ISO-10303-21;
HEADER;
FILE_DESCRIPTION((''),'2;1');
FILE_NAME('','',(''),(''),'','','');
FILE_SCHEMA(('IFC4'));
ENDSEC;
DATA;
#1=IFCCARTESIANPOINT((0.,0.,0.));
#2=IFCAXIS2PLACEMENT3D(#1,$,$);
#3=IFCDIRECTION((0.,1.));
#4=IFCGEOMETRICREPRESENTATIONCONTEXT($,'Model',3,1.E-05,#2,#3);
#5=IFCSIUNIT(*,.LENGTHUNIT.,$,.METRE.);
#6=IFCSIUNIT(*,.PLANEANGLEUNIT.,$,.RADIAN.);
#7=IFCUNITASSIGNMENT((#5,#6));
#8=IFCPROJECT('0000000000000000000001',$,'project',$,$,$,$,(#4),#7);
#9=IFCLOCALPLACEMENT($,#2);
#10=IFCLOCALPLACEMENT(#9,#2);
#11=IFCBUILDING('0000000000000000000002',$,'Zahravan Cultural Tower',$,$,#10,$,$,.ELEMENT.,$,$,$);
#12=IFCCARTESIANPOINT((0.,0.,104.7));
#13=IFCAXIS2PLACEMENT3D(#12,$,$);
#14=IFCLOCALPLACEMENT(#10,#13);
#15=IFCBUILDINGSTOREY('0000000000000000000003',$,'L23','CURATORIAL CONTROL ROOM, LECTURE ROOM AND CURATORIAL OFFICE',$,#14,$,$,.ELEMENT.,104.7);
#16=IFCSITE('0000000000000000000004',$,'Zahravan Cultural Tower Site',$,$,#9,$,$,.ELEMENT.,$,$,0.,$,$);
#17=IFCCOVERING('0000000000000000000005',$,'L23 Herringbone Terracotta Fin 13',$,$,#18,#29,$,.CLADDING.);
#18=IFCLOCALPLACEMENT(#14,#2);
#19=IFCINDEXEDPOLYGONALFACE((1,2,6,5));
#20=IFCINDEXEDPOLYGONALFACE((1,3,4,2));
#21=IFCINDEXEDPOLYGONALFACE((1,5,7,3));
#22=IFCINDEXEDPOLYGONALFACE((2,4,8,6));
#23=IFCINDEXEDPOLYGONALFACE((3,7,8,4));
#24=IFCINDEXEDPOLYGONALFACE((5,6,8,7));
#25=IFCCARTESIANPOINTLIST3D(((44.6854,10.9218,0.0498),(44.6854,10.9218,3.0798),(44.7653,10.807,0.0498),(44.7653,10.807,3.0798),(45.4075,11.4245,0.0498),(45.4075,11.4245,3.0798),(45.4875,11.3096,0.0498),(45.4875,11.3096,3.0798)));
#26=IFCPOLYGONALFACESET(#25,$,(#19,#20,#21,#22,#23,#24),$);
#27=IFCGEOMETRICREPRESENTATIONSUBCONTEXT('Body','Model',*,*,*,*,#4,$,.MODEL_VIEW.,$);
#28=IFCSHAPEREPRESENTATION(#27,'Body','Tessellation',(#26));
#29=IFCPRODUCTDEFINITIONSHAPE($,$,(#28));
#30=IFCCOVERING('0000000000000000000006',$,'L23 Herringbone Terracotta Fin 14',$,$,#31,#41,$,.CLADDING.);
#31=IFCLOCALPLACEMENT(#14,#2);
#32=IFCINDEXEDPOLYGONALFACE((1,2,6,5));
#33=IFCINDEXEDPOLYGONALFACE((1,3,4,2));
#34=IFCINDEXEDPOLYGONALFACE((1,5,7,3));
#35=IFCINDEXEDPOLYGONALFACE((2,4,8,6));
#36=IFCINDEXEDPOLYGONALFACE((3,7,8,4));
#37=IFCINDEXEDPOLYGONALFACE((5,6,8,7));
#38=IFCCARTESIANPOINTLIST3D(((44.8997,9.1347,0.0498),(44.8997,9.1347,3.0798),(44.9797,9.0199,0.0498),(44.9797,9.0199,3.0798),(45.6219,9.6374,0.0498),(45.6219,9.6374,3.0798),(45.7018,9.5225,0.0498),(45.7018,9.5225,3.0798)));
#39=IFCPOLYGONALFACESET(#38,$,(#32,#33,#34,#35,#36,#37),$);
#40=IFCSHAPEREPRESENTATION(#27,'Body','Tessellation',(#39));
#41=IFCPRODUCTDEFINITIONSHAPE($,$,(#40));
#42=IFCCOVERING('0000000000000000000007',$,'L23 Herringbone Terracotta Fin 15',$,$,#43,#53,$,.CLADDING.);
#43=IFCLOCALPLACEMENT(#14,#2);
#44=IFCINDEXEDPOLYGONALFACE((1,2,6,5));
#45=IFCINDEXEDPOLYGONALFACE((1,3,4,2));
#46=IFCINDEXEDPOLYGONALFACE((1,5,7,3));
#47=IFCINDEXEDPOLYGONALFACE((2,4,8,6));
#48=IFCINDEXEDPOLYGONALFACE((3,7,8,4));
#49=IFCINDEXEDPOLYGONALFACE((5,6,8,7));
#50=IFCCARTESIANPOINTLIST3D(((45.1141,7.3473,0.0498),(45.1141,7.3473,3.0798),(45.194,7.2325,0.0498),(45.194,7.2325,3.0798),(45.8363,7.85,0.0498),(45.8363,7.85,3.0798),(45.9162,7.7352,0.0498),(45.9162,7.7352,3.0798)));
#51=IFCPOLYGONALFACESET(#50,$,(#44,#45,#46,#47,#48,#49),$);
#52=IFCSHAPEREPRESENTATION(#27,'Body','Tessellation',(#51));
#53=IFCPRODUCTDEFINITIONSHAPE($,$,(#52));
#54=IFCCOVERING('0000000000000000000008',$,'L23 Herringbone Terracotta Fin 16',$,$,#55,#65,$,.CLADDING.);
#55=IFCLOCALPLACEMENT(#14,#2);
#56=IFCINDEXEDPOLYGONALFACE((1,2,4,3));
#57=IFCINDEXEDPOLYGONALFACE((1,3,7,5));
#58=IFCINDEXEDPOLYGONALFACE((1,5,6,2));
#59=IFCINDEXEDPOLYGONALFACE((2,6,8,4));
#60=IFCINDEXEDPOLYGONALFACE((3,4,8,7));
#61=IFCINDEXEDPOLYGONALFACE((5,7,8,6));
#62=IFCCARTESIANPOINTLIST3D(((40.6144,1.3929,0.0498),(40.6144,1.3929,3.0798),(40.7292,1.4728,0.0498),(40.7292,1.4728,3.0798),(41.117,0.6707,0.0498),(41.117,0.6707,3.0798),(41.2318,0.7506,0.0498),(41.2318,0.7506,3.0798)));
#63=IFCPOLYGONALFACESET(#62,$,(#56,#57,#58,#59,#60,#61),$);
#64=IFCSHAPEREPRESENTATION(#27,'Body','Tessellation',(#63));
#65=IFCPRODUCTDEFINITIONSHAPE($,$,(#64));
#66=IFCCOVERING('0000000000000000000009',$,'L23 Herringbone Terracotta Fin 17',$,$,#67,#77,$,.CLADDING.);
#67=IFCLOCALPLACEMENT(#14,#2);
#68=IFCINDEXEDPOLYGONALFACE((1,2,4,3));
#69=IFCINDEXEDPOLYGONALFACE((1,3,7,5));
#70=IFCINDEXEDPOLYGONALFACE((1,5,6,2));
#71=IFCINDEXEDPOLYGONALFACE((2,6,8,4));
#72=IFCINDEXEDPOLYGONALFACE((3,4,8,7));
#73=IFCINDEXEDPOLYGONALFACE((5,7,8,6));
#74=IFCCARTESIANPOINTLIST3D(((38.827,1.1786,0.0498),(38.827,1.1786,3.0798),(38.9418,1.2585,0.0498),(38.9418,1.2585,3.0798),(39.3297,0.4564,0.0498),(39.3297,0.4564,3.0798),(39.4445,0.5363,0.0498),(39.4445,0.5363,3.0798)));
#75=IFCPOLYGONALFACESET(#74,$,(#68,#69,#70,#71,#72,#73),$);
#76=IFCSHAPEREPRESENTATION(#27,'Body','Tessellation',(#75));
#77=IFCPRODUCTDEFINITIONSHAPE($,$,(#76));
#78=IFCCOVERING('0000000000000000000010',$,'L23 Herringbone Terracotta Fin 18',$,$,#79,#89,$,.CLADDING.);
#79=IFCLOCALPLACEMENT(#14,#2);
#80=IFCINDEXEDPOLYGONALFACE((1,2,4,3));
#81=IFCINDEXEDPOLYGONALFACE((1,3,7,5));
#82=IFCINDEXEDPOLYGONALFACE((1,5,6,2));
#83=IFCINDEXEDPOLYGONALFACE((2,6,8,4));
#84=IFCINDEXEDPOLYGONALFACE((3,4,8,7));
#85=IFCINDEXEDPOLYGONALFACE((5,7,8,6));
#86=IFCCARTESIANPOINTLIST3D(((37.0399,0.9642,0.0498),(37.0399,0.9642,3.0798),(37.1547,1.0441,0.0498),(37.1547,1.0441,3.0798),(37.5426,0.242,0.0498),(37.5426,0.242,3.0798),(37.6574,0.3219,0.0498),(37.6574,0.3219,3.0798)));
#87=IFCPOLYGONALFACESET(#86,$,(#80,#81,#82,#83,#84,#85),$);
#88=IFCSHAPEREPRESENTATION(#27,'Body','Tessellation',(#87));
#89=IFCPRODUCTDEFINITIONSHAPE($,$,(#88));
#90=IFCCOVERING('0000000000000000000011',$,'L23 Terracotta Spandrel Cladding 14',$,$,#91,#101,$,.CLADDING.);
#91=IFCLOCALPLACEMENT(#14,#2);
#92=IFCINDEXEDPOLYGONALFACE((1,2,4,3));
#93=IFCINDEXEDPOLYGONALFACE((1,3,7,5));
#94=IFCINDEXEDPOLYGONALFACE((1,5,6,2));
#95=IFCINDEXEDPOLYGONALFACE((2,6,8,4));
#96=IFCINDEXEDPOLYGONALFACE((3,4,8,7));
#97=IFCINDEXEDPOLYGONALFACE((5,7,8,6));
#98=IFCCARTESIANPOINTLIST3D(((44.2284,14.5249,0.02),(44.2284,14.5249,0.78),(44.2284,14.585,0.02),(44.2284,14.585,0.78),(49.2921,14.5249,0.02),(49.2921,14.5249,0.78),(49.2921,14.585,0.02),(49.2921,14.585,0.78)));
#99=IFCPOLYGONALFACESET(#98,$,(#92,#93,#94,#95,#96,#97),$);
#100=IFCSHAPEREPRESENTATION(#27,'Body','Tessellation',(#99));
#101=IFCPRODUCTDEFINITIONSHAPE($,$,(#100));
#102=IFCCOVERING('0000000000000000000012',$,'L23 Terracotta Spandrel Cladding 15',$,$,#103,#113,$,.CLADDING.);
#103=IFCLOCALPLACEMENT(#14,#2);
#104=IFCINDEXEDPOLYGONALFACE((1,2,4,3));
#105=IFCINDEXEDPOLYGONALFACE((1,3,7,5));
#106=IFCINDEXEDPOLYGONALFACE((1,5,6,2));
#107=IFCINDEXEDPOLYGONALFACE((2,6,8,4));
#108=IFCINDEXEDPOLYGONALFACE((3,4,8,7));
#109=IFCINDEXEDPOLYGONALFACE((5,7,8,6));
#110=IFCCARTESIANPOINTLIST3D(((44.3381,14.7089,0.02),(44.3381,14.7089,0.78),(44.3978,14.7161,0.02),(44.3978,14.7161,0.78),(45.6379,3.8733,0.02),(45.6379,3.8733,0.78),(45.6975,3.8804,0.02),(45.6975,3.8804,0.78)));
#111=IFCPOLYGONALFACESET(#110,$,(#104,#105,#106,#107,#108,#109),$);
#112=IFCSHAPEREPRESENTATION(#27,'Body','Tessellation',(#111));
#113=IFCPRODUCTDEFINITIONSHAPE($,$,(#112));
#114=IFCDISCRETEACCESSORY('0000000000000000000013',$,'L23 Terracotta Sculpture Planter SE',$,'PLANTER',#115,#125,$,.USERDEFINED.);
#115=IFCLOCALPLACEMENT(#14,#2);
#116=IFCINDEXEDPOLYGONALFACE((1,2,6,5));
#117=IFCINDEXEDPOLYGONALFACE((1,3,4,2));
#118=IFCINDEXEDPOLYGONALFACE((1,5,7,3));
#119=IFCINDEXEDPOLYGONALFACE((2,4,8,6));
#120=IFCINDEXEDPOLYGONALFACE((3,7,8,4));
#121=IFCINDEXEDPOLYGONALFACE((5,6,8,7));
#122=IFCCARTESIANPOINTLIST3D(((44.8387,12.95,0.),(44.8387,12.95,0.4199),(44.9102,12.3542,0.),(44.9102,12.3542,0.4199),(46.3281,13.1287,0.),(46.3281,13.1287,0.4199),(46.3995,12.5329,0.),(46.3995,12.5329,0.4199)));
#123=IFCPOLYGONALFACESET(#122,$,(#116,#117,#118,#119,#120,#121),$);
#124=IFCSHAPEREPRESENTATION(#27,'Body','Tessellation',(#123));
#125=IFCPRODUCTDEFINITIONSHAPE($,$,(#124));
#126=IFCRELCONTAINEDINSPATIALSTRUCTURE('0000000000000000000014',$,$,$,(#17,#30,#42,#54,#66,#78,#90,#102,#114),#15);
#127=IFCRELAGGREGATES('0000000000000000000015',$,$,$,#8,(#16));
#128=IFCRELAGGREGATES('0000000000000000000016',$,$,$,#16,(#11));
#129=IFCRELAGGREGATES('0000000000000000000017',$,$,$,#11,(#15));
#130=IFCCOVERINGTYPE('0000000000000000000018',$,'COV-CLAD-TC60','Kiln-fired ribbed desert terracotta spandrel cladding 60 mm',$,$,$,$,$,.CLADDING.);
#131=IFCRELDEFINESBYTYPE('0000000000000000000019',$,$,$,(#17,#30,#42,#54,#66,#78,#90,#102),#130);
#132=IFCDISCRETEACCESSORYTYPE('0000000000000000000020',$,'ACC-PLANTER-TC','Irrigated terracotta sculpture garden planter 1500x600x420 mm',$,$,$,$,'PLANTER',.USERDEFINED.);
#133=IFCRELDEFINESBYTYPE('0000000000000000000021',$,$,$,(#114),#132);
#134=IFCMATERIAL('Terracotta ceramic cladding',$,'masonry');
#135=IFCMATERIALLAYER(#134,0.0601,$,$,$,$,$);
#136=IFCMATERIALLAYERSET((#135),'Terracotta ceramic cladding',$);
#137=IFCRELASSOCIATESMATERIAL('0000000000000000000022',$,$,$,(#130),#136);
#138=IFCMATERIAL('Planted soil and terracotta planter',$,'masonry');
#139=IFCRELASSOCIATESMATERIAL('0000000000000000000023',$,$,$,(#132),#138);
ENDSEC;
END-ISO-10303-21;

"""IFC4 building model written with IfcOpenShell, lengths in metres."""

from ifc_helpers import new_model, si_unit, direction, frame, origin, origin_2d, place, context, subcontext, project, spatial, rectangle, extrude, source, transform, mapped, material, layer, layer_set, type_object, element, save


model = new_model("IFC4")

# Units and contexts
model_context = context("Model", 3, precision=1e-05, world=origin(), true_north=direction((0.0, 1.0)))
body_context = subcontext(model_context, "Body", "Model", "MODEL_VIEW")
ifc_project = project(units=[si_unit("LENGTHUNIT", "METRE"), si_unit("PLANEANGLEUNIT", "RADIAN")], contexts=[model_context])

# Site, building, storey
site_placement = place(None, origin())
site = spatial("IfcSite", under=ifc_project, at=site_placement, Name="Zahravan Cultural Tower Site", CompositionType="ELEMENT", RefElevation=0.0)
building_placement = place(site_placement, origin())
building = spatial("IfcBuilding", under=site, at=building_placement, Name="Zahravan Cultural Tower", CompositionType="ELEMENT")
storey_placement = place(building_placement, frame((0.0, 0.0, 104.7)))
storey = spatial("IfcBuildingStorey", under=building, at=storey_placement, Name="L23", Description="CURATORIAL CONTROL ROOM, LECTURE ROOM AND CURATORIAL OFFICE", CompositionType="ELEMENT", Elevation=104.7)

# Coverings
ifc_material_1 = material(Name="Terracotta ceramic cladding", Category="masonry")
ifc_layer_1 = layer(ifc_material_1, 0.0601)
ifc_layer_set_1 = layer_set([ifc_layer_1], Name="Terracotta ceramic cladding")
covering_type = type_object("IfcCoveringType", Name="COV-CLAD-TC60", Description="Kiln-fired ribbed desert terracotta spandrel cladding 60 mm", PredefinedType="CLADDING", material=ifc_layer_set_1)
shared_shape_1 = source(origin(), body_context, "Body", "SweptSolid", [
    extrude(rectangle(XDim=0.8799, YDim=0.1399, at=origin_2d()), origin(), (0.0, 0.0, 1.0), 3.03),
])
for number, where, z_axis, x_axis, name in (
    (1, (45.0864, 11.1157, 0.0498), (0.0, 0.0, 1.0), (0.820751, 0.571287, 0.0), "L23 Herringbone Terracotta Fin 13"),
    (2, (45.3008, 9.3286, 0.0498), (0.0, 0.0, 1.0), (0.820751, 0.571287, 0.0), "L23 Herringbone Terracotta Fin 14"),
    (3, (45.5151, 7.5413, 0.0498), (0.0, 0.0, 1.0), (0.820751, 0.571287, 0.0), "L23 Herringbone Terracotta Fin 15"),
    (4, (40.9231, 1.0718, 0.0498), (0.0, 0.0, 1.0), (0.571272, -0.820761, 0.0), "L23 Herringbone Terracotta Fin 16"),
    (5, (39.1357, 0.8574, 0.0498), (0.0, 0.0, 1.0), (0.571272, -0.820761, 0.0), "L23 Herringbone Terracotta Fin 17"),
    (6, (37.3486, 0.6431, 0.0498), (0.0, 0.0, 1.0), (0.571272, -0.820761, 0.0), "L23 Herringbone Terracotta Fin 18"),
):
    element("IfcCovering", number, at=place(storey_placement, frame(where, z_axis=z_axis, x_axis=x_axis)), inside=storey, type_object=covering_type, Name=name, PredefinedType="CLADDING", context=body_context, shape_type="MappedRepresentation", body=[
        mapped(shared_shape_1, transform((0.0, 0.0, 0.0), x_axis=(1.0, 0.0, 0.0), y_axis=(0.0, 1.0, 0.0), z_axis=(0.0, 0.0, 1.0), scale=1.0)),
    ])
shared_shape_2 = source(origin(), body_context, "Body", "SweptSolid", [
    extrude(rectangle(XDim=5.0637, YDim=0.0601, at=origin_2d()), origin(), (0.0, 0.0, 1.0), 0.76),
])
covering_1_placement = place(storey_placement, frame((46.7603, 14.5549, 0.02), z_axis=(0.0, 0.0, 1.0), x_axis=(-1.0, 0.0, 0.0)))
element("IfcCovering", 7, at=covering_1_placement, inside=storey, type_object=covering_type, Name="L23 Terracotta Spandrel Cladding 14", PredefinedType="CLADDING", context=body_context, shape_type="MappedRepresentation", body=[
    mapped(shared_shape_2, transform((0.0, 0.0, 0.0), x_axis=(1.0, 0.0, 0.0), y_axis=(0.0, 1.0, 0.0), z_axis=(0.0, 0.0, 1.0), scale=1.0)),
])
shared_shape_3 = source(origin(), body_context, "Body", "SweptSolid", [
    extrude(rectangle(XDim=10.9133, YDim=0.0601, at=origin_2d()), origin(), (0.0, 0.0, 1.0), 0.76),
])
covering_2_placement = place(storey_placement, frame((45.0178, 9.2947, 0.02), z_axis=(0.0, 0.0, 1.0), x_axis=(0.119097, -0.992883, 0.0)))
element("IfcCovering", 8, at=covering_2_placement, inside=storey, type_object=covering_type, Name="L23 Terracotta Spandrel Cladding 15", PredefinedType="CLADDING", context=body_context, shape_type="MappedRepresentation", body=[
    mapped(shared_shape_3, transform((0.0, 0.0, 0.0), x_axis=(1.0, 0.0, 0.0), y_axis=(0.0, 1.0, 0.0), z_axis=(0.0, 0.0, 1.0), scale=1.0)),
])

# Discrete accessory
ifc_material_2 = material(Name="Planted soil and terracotta planter", Category="masonry")
discrete_accessory_type = type_object("IfcDiscreteAccessoryType", Name="ACC-PLANTER-TC", Description="Irrigated terracotta sculpture garden planter 1500x600x420 mm", ElementType="PLANTER", PredefinedType="USERDEFINED", material=ifc_material_2)
shared_shape_4 = source(origin(), body_context, "Body", "SweptSolid", [
    extrude(rectangle(XDim=1.5, YDim=0.6001, at=origin_2d()), origin(), (0.0, 0.0, 1.0), 0.4199),
])
discrete_accessory_placement = place(storey_placement, frame((45.6191, 12.7415, 0.0), z_axis=(0.0, 0.0, 1.0), x_axis=(0.992883, 0.119097, 0.0)))
element("IfcDiscreteAccessory", 9, at=discrete_accessory_placement, inside=storey, type_object=discrete_accessory_type, Name="L23 Terracotta Sculpture Planter SE", ObjectType="PLANTER", PredefinedType="USERDEFINED", context=body_context, shape_type="MappedRepresentation", body=[
    mapped(shared_shape_4, transform((0.0, 0.0, 0.0), x_axis=(1.0, 0.0, 0.0), y_axis=(0.0, 1.0, 0.0), z_axis=(0.0, 0.0, 1.0), scale=1.0)),
])

save(model, "model.ifc")
